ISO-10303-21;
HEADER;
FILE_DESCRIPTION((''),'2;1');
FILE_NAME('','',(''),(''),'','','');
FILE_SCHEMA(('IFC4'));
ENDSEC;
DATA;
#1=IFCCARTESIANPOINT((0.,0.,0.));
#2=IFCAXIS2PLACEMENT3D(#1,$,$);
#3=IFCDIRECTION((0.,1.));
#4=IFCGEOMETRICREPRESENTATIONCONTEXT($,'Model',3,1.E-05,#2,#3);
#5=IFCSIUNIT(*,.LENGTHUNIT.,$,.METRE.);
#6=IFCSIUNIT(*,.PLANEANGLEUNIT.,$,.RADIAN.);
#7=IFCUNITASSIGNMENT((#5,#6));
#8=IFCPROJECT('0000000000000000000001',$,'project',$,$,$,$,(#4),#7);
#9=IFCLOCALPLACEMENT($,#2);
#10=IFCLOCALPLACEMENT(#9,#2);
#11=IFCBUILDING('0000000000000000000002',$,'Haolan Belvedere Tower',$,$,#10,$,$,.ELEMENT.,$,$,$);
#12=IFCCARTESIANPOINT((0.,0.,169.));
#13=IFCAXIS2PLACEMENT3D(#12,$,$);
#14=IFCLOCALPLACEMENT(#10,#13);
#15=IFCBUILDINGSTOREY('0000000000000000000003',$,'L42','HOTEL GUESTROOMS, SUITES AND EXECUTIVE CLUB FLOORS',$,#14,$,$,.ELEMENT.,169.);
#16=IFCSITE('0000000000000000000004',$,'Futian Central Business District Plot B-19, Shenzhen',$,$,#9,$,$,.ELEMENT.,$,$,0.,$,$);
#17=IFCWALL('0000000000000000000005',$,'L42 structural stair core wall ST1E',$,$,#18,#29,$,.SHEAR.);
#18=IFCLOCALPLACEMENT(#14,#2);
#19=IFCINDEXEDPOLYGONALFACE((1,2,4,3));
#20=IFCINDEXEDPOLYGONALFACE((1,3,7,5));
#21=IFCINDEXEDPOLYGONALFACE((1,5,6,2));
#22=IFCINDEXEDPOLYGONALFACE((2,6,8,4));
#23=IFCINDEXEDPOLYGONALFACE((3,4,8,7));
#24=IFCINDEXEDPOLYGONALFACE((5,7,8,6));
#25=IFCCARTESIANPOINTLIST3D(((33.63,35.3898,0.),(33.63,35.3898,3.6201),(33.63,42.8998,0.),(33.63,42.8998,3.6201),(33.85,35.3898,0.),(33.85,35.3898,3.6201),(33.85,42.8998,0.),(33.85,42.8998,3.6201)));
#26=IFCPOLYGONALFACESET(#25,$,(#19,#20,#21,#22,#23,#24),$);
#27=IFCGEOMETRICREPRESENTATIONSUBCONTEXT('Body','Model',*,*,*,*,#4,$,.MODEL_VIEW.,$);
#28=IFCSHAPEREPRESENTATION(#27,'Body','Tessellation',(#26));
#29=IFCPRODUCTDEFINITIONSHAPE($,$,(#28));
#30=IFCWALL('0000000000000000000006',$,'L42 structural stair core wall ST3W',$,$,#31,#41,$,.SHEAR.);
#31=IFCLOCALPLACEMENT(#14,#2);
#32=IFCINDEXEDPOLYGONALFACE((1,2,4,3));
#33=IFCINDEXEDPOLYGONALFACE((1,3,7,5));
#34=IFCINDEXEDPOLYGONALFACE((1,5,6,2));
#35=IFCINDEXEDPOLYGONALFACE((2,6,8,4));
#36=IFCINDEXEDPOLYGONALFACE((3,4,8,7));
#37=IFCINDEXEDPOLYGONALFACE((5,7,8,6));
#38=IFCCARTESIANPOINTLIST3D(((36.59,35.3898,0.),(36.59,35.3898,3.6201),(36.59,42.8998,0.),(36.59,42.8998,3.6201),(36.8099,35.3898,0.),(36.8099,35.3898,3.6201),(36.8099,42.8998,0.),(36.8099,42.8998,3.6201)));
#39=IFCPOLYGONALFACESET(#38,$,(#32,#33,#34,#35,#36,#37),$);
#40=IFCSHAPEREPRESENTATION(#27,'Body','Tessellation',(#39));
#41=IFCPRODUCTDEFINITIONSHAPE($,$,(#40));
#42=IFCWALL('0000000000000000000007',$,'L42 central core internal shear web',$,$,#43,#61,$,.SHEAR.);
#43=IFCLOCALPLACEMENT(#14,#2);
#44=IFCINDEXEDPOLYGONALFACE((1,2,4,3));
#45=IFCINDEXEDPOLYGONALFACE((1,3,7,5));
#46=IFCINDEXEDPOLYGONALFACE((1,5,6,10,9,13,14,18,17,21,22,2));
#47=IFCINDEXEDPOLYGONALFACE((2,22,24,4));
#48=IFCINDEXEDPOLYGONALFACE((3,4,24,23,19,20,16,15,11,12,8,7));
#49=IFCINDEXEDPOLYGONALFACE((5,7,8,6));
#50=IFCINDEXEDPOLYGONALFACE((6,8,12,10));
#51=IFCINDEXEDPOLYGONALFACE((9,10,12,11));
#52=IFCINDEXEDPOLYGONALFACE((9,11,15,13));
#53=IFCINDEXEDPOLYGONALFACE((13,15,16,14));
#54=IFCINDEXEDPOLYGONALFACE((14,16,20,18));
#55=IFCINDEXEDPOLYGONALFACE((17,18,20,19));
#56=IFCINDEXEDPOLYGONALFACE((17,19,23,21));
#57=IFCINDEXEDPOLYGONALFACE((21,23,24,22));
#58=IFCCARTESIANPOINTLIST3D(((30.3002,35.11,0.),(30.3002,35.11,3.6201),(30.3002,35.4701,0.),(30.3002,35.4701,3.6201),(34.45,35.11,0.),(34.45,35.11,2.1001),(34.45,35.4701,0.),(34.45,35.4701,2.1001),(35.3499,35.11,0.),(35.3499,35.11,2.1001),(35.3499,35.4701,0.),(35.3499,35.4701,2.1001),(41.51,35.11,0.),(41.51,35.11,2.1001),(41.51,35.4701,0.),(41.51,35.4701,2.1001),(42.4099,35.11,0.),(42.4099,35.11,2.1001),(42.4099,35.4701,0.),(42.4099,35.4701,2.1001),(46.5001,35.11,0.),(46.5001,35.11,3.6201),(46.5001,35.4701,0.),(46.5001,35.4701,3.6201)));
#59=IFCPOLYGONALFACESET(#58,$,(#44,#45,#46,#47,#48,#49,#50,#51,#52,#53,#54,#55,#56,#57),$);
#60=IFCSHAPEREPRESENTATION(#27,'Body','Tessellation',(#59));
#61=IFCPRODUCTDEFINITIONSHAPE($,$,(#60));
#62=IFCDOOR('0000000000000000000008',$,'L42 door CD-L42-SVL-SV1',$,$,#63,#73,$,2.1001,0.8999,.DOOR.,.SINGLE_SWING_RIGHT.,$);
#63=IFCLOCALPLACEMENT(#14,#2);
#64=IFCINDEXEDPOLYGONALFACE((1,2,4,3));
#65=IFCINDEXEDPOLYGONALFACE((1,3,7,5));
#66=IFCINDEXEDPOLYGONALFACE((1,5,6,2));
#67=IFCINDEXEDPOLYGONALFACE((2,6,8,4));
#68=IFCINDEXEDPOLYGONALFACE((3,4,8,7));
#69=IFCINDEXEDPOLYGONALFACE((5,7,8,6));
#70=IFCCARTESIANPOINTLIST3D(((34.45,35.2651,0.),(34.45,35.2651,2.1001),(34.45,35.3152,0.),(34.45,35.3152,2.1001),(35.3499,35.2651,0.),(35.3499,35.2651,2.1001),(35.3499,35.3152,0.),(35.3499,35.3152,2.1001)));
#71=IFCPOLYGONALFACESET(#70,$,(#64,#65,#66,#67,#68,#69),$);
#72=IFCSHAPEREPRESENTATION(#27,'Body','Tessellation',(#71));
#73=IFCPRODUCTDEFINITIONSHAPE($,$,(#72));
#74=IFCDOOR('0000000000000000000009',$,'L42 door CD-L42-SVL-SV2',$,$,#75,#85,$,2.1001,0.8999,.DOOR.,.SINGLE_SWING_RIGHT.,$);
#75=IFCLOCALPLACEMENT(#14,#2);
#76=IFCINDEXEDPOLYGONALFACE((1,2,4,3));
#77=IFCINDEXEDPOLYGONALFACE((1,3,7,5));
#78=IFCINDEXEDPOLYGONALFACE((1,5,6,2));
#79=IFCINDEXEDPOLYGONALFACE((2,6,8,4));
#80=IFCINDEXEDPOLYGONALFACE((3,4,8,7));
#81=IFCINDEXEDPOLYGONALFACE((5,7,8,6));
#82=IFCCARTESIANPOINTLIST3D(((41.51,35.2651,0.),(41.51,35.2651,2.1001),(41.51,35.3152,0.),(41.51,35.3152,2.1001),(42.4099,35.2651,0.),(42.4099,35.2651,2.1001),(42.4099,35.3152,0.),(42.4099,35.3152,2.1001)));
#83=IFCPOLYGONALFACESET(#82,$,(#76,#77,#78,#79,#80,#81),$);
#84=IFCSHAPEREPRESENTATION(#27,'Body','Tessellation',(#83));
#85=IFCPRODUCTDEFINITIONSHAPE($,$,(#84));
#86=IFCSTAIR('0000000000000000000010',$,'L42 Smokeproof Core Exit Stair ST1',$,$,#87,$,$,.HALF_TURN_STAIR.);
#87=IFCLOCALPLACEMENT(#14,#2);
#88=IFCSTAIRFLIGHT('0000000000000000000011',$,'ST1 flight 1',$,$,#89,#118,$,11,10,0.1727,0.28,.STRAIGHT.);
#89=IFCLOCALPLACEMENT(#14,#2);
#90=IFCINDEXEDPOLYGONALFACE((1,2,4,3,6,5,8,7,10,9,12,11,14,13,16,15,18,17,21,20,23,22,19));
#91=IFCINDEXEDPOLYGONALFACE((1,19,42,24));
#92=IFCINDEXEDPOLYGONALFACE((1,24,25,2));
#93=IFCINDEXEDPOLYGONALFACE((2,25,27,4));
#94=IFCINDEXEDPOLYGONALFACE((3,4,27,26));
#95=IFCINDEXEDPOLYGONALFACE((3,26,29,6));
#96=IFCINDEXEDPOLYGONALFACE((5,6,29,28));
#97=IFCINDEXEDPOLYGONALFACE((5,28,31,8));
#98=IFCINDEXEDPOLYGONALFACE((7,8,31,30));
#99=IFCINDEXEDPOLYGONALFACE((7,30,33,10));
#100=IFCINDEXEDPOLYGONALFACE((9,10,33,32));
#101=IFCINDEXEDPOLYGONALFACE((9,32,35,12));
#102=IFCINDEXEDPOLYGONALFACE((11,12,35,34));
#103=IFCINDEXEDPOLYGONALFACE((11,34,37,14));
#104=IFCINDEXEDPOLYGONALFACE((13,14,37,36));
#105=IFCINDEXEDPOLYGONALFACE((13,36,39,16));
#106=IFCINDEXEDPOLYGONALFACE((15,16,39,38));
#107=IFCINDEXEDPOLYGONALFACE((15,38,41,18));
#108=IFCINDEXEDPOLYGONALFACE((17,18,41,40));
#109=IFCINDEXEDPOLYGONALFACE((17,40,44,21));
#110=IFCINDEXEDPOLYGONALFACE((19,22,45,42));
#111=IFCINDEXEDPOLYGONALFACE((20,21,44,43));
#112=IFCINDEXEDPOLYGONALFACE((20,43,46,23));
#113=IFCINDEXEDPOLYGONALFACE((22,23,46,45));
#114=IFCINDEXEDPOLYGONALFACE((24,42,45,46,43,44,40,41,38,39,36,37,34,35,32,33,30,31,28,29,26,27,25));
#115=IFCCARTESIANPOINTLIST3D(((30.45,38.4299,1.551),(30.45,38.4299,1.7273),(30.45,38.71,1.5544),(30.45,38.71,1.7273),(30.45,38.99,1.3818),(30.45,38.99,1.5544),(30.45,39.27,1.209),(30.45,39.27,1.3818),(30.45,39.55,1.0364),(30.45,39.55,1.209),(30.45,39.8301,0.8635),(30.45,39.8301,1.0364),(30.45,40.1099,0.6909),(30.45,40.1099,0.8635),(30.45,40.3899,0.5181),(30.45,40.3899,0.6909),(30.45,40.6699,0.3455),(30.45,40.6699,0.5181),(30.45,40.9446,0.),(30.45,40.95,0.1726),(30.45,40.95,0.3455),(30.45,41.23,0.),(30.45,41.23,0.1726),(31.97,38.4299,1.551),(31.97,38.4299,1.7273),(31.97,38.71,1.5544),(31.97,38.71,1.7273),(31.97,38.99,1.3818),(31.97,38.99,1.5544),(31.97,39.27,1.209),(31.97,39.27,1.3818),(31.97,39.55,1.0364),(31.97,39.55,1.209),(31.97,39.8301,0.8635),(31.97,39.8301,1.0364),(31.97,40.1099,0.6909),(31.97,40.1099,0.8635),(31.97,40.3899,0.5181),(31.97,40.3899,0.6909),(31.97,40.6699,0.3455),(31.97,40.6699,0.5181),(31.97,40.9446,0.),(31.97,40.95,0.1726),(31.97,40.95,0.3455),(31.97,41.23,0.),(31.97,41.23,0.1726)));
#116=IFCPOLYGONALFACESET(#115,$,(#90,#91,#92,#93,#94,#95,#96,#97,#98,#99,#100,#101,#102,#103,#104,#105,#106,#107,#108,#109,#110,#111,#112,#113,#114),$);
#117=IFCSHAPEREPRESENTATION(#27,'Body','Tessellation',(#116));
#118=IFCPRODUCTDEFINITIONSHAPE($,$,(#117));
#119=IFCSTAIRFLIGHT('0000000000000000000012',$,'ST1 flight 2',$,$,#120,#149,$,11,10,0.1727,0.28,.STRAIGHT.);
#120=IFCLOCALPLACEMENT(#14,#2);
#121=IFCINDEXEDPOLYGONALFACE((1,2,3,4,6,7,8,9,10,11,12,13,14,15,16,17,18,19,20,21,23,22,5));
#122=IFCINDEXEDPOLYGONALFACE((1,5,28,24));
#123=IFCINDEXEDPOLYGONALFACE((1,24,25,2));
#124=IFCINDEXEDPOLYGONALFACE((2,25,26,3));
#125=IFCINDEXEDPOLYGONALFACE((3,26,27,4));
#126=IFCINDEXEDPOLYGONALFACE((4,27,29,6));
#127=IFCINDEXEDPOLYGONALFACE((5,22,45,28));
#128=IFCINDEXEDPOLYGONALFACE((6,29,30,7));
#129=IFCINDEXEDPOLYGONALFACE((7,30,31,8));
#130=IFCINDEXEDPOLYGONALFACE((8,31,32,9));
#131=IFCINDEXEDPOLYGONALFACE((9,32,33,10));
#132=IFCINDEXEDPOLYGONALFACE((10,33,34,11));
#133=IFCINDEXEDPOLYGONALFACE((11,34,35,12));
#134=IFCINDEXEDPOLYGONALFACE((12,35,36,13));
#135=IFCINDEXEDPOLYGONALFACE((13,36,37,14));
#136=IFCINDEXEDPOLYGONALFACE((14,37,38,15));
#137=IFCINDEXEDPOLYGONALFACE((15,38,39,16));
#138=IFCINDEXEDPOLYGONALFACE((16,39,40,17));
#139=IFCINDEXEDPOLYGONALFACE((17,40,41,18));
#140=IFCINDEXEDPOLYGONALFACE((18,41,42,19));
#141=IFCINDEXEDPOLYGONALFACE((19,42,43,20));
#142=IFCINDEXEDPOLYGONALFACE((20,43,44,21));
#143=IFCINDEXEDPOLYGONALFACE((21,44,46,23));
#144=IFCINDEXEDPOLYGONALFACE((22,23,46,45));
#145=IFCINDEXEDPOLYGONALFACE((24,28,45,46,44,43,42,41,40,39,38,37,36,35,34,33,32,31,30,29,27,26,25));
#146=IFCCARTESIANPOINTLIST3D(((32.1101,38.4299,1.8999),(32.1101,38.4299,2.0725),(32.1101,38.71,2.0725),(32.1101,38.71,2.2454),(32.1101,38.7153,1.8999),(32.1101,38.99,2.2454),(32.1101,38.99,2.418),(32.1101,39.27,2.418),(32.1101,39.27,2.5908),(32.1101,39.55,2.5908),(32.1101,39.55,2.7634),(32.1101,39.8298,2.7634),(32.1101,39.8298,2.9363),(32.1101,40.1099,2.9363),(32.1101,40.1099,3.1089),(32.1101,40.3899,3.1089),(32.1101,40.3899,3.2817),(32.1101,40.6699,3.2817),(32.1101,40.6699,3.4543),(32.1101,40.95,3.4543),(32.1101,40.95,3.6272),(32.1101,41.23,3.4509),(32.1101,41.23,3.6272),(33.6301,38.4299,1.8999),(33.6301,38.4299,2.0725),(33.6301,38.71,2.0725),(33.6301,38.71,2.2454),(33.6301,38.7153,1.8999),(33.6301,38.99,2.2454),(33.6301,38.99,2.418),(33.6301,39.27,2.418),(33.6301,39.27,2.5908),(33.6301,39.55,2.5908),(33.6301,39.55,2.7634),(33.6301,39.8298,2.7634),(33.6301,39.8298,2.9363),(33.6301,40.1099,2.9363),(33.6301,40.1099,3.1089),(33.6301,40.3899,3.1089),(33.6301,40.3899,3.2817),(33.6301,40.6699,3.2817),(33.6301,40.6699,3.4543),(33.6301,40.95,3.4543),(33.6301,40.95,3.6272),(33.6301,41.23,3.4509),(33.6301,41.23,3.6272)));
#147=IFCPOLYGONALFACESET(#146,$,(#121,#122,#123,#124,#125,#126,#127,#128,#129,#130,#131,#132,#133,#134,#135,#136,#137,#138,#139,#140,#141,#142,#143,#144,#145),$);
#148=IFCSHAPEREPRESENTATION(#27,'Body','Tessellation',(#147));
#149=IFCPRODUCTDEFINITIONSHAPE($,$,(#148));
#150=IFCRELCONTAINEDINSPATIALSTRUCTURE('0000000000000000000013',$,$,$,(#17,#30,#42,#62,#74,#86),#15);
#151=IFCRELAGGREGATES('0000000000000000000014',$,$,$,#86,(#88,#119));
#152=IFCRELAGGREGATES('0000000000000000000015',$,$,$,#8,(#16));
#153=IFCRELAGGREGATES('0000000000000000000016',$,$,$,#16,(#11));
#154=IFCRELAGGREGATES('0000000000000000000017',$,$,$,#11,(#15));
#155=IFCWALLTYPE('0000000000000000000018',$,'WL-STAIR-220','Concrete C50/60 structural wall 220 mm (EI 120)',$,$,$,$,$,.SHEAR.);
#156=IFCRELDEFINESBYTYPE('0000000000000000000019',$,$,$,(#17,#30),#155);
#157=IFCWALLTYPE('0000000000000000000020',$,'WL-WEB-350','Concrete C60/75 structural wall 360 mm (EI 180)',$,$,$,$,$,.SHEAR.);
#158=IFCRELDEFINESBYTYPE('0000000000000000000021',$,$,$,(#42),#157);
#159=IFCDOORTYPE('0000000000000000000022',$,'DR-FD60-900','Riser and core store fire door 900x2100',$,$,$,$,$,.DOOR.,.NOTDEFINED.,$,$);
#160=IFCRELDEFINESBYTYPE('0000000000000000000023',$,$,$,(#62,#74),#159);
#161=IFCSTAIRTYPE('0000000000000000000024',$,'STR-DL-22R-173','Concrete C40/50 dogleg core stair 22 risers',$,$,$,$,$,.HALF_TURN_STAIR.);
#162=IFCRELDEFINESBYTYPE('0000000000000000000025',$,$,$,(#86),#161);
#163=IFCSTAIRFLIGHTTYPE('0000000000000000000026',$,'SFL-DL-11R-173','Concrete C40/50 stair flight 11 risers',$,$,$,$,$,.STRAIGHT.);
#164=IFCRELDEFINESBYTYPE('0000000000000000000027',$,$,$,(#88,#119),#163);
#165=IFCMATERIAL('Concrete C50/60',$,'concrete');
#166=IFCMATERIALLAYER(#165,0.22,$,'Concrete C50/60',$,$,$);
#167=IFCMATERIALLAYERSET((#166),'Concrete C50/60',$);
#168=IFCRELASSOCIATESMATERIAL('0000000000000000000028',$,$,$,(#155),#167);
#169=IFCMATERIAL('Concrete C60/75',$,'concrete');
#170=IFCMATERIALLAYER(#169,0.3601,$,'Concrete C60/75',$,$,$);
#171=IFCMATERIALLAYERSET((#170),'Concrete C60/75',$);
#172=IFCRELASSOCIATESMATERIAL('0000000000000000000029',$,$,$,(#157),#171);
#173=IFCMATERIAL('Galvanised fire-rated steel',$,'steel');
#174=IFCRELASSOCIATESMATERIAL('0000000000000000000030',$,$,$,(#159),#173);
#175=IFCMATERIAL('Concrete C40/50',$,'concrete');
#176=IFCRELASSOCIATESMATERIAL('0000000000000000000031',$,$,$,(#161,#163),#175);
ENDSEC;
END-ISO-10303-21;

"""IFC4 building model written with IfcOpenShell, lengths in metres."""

from ifc_helpers import new_model, si_unit, direction, frame, frame_2d, origin, place, context, subcontext, project, spatial, polyline, rectangle, outline, extrude, material, layer, layer_set, type_object, element, fill, aggregate, save


model = new_model("IFC4")

# Units and contexts
model_context = context("Model", 3, precision=1e-05, world=origin(), true_north=direction((0.0, 1.0)))
body_context = subcontext(model_context, "Body", "Model", "MODEL_VIEW")
ifc_project = project(units=[si_unit("LENGTHUNIT", "METRE"), si_unit("PLANEANGLEUNIT", "RADIAN")], contexts=[model_context])

# Site, building, storey
site_placement = place(None, origin())
site = spatial("IfcSite", under=ifc_project, at=site_placement, Name="Futian Central Business District Plot B-19, Shenzhen", CompositionType="ELEMENT", RefElevation=0.0)
building_placement = place(site_placement, origin())
building = spatial("IfcBuilding", under=site, at=building_placement, Name="Haolan Belvedere Tower", CompositionType="ELEMENT")
storey_placement = place(building_placement, frame((0.0, 0.0, 169.0)))
storey = spatial("IfcBuildingStorey", under=building, at=storey_placement, Name="L42", Description="HOTEL GUESTROOMS, SUITES AND EXECUTIVE CLUB FLOORS", CompositionType="ELEMENT", Elevation=169.0)

# Walls
ifc_material_1 = material(Name="Concrete C50/60", Category="concrete")
ifc_layer_1 = layer(ifc_material_1, 0.22, Name="Concrete C50/60")
ifc_layer_set_1 = layer_set([ifc_layer_1], Name="Concrete C50/60")
wall_type_1 = type_object("IfcWallType", Name="WL-STAIR-220", Description="Concrete C50/60 structural wall 220 mm (EI 120)", PredefinedType="SHEAR", material=ifc_layer_set_1)
for number, where, z_axis, x_axis, name in (
    (1, (33.74, 35.3899, 0.0), (0.0, 0.0, 1.0), (0.0, 1.0, 0.0), "L42 structural stair core wall ST1E"),
    (2, (36.7, 35.3899, 0.0), (0.0, 0.0, 1.0), (0.0, 1.0, 0.0), "L42 structural stair core wall ST3W"),
):
    element("IfcWall", number, at=place(storey_placement, frame(where, z_axis=z_axis, x_axis=x_axis)), inside=storey, type_object=wall_type_1, Name=name, PredefinedType="SHEAR", context=body_context, shape_type="SweptSolid", body=[
        extrude(rectangle(XDim=7.51, YDim=0.22, at=frame_2d((3.7549, 0.0))), origin(), (0.0, 0.0, 1.0), 3.6201),
    ])

# Wall, openings, doors
ifc_material_2 = material(Name="Concrete C60/75", Category="concrete")
ifc_layer_2 = layer(ifc_material_2, 0.3601, Name="Concrete C60/75")
ifc_layer_set_2 = layer_set([ifc_layer_2], Name="Concrete C60/75")
wall_type_2 = type_object("IfcWallType", Name="WL-WEB-350", Description="Concrete C60/75 structural wall 360 mm (EI 180)", PredefinedType="SHEAR", material=ifc_layer_set_2)
wall_1_placement = place(storey_placement, frame((30.3, 35.29, 0.0), z_axis=(0.0, 0.0, 1.0), x_axis=(1.0, 0.0, 0.0)))
wall_1 = element("IfcWall", 3, at=wall_1_placement, inside=storey, type_object=wall_type_2, Name="L42 central core internal shear web", PredefinedType="SHEAR", context=body_context, shape_type="SweptSolid", body=[
    extrude(rectangle(XDim=16.2, YDim=0.3601, at=frame_2d((8.1001, 0.0))), origin(), (0.0, 0.0, 1.0), 3.6201),
])
opening_1_placement = place(wall_1_placement, frame((5.0498, 0.0, 0.0), z_axis=(0.0, 0.0, 1.0), x_axis=(-1.0, 0.0, 0.0)))
opening_1 = element("IfcOpeningElement", 4, at=opening_1_placement, cuts=wall_1, PredefinedType="OPENING", context=body_context, shape_type="SweptSolid", body=[
    extrude(rectangle(XDim=0.8999, YDim=2.1001, at=frame_2d((0.45, 1.05))), frame((0.0, 0.1899, 0.0), z_axis=(0.0, -1.0, 0.0), x_axis=(1.0, 0.0, 0.0)), (0.0, 0.0, 1.0), 0.3801),
])
opening_2_placement = place(wall_1_placement, frame((12.1099, 0.0, 0.0), z_axis=(0.0, 0.0, 1.0), x_axis=(-1.0, 0.0, 0.0)))
opening_2 = element("IfcOpeningElement", 5, at=opening_2_placement, cuts=wall_1, PredefinedType="OPENING", context=body_context, shape_type="SweptSolid", body=[
    extrude(rectangle(XDim=0.8999, YDim=2.1001, at=frame_2d((0.45, 1.05))), frame((0.0, 0.1899, 0.0), z_axis=(0.0, -1.0, 0.0), x_axis=(1.0, 0.0, 0.0)), (0.0, 0.0, 1.0), 0.3801),
])
ifc_material_3 = material(Name="Galvanised fire-rated steel", Category="steel")
door_type_1 = type_object("IfcDoorType", Name="DR-FD60-900", Description="Riser and core store fire door 900x2100", OperationType="NOTDEFINED", PredefinedType="DOOR", material=ifc_material_3)
door_1_placement = place(opening_1_placement, origin())
door_1 = element("IfcDoor", 6, at=door_1_placement, inside=storey, type_object=door_type_1, Name="L42 door CD-L42-SVL-SV1", OperationType="SINGLE_SWING_RIGHT", OverallHeight=2.1001, OverallWidth=0.8999, PredefinedType="DOOR", context=body_context, shape_type="SweptSolid", body=[
    extrude(rectangle(XDim=0.8999, YDim=2.1001, at=frame_2d((0.45, 1.05))), frame((0.0, 0.0249, 0.0), z_axis=(0.0, -1.0, 0.0), x_axis=(1.0, 0.0, 0.0)), (0.0, 0.0, 1.0), 0.05),
])
fill(opening_1, door_1)
door_2_placement = place(opening_2_placement, origin())
door_2 = element("IfcDoor", 7, at=door_2_placement, inside=storey, type_object=door_type_1, Name="L42 door CD-L42-SVL-SV2", OperationType="SINGLE_SWING_RIGHT", OverallHeight=2.1001, OverallWidth=0.8999, PredefinedType="DOOR", context=body_context, shape_type="SweptSolid", body=[
    extrude(rectangle(XDim=0.8999, YDim=2.1001, at=frame_2d((0.45, 1.05))), frame((0.0, 0.0249, 0.0), z_axis=(0.0, -1.0, 0.0), x_axis=(1.0, 0.0, 0.0)), (0.0, 0.0, 1.0), 0.05),
])
fill(opening_2, door_2)

# Stair, stair flights
ifc_material_4 = material(Name="Concrete C40/50", Category="concrete")
stair_type = type_object("IfcStairType", Name="STR-DL-22R-173", Description="Concrete C40/50 dogleg core stair 22 risers", PredefinedType="HALF_TURN_STAIR", material=ifc_material_4)
stair_placement = place(storey_placement, origin())
stair = element("IfcStair", 8, at=stair_placement, inside=storey, type_object=stair_type, Name="L42 Smokeproof Core Exit Stair ST1", PredefinedType="HALF_TURN_STAIR")
stair_flight_type = type_object("IfcStairFlightType", Name="SFL-DL-11R-173", Description="Concrete C40/50 stair flight 11 risers", PredefinedType="STRAIGHT", material=ifc_material_4)
stair_flight_1_placement = place(storey_placement, frame((31.21, 41.23, 0.0), z_axis=(0.0, 0.0, 1.0), x_axis=(0.0, -1.0, 0.0)))
stair_flight_1 = element("IfcStairFlight", 9, at=stair_flight_1_placement, type_object=stair_flight_type, Name="ST1 flight 1", NumberOfRisers=11, NumberOfTreads=10, PredefinedType="STRAIGHT", RiserHeight=0.1727, TreadLength=0.28, context=body_context, shape_type="SweptSolid", body=[
    extrude(outline(polyline([(0.0, 0.0), (0.0, 0.1726), (0.28, 0.1726), (0.28, 0.3455), (0.5601, 0.3455), (0.5601, 0.5181), (0.8401, 0.5181), (0.8401, 0.6909), (1.1201, 0.6909), (1.1201, 0.8635), (1.3999, 0.8635), (1.3999, 1.0364), (1.6799, 1.0364), (1.6799, 1.209), (1.96, 1.209), (1.96, 1.3818), (2.24, 1.3818), (2.24, 1.5544), (2.52, 1.5544), (2.52, 1.7273), (2.8, 1.7273), (2.8, 1.8999), (2.8, 1.551), (0.2854, 0.0), (0.0, 0.0)])), frame((0.0, 0.76, 0.0), z_axis=(0.0, -1.0, 0.0), x_axis=(1.0, 0.0, 0.0)), (0.0, 0.0, 1.0), 1.52),
])
stair_flight_2_placement = place(storey_placement, frame((32.8701, 38.4299, 1.8999), z_axis=(0.0, 0.0, 1.0), x_axis=(0.0, 1.0, 0.0)))
stair_flight_2 = element("IfcStairFlight", 10, at=stair_flight_2_placement, type_object=stair_flight_type, Name="ST1 flight 2", NumberOfRisers=11, NumberOfTreads=10, PredefinedType="STRAIGHT", RiserHeight=0.1727, TreadLength=0.28, context=body_context, shape_type="SweptSolid", body=[
    extrude(outline(polyline([(0.0, 0.0), (0.0, 0.1726), (0.28, 0.1726), (0.28, 0.3455), (0.5601, 0.3455), (0.5601, 0.5181), (0.8401, 0.5181), (0.8401, 0.6909), (1.1201, 0.6909), (1.1201, 0.8635), (1.3999, 0.8635), (1.3999, 1.0364), (1.6799, 1.0364), (1.6799, 1.209), (1.96, 1.209), (1.96, 1.3818), (2.24, 1.3818), (2.24, 1.5544), (2.52, 1.5544), (2.52, 1.7273), (2.8, 1.7273), (2.8, 1.8999), (2.8, 1.551), (0.2854, 0.0), (0.0, 0.0)])), frame((0.0, 0.76, 0.0), z_axis=(0.0, -1.0, 0.0), x_axis=(1.0, 0.0, 0.0)), (0.0, 0.0, 1.0), 1.52),
])
aggregate(stair, [stair_flight_1, stair_flight_2])

save(model, "model.ifc")
